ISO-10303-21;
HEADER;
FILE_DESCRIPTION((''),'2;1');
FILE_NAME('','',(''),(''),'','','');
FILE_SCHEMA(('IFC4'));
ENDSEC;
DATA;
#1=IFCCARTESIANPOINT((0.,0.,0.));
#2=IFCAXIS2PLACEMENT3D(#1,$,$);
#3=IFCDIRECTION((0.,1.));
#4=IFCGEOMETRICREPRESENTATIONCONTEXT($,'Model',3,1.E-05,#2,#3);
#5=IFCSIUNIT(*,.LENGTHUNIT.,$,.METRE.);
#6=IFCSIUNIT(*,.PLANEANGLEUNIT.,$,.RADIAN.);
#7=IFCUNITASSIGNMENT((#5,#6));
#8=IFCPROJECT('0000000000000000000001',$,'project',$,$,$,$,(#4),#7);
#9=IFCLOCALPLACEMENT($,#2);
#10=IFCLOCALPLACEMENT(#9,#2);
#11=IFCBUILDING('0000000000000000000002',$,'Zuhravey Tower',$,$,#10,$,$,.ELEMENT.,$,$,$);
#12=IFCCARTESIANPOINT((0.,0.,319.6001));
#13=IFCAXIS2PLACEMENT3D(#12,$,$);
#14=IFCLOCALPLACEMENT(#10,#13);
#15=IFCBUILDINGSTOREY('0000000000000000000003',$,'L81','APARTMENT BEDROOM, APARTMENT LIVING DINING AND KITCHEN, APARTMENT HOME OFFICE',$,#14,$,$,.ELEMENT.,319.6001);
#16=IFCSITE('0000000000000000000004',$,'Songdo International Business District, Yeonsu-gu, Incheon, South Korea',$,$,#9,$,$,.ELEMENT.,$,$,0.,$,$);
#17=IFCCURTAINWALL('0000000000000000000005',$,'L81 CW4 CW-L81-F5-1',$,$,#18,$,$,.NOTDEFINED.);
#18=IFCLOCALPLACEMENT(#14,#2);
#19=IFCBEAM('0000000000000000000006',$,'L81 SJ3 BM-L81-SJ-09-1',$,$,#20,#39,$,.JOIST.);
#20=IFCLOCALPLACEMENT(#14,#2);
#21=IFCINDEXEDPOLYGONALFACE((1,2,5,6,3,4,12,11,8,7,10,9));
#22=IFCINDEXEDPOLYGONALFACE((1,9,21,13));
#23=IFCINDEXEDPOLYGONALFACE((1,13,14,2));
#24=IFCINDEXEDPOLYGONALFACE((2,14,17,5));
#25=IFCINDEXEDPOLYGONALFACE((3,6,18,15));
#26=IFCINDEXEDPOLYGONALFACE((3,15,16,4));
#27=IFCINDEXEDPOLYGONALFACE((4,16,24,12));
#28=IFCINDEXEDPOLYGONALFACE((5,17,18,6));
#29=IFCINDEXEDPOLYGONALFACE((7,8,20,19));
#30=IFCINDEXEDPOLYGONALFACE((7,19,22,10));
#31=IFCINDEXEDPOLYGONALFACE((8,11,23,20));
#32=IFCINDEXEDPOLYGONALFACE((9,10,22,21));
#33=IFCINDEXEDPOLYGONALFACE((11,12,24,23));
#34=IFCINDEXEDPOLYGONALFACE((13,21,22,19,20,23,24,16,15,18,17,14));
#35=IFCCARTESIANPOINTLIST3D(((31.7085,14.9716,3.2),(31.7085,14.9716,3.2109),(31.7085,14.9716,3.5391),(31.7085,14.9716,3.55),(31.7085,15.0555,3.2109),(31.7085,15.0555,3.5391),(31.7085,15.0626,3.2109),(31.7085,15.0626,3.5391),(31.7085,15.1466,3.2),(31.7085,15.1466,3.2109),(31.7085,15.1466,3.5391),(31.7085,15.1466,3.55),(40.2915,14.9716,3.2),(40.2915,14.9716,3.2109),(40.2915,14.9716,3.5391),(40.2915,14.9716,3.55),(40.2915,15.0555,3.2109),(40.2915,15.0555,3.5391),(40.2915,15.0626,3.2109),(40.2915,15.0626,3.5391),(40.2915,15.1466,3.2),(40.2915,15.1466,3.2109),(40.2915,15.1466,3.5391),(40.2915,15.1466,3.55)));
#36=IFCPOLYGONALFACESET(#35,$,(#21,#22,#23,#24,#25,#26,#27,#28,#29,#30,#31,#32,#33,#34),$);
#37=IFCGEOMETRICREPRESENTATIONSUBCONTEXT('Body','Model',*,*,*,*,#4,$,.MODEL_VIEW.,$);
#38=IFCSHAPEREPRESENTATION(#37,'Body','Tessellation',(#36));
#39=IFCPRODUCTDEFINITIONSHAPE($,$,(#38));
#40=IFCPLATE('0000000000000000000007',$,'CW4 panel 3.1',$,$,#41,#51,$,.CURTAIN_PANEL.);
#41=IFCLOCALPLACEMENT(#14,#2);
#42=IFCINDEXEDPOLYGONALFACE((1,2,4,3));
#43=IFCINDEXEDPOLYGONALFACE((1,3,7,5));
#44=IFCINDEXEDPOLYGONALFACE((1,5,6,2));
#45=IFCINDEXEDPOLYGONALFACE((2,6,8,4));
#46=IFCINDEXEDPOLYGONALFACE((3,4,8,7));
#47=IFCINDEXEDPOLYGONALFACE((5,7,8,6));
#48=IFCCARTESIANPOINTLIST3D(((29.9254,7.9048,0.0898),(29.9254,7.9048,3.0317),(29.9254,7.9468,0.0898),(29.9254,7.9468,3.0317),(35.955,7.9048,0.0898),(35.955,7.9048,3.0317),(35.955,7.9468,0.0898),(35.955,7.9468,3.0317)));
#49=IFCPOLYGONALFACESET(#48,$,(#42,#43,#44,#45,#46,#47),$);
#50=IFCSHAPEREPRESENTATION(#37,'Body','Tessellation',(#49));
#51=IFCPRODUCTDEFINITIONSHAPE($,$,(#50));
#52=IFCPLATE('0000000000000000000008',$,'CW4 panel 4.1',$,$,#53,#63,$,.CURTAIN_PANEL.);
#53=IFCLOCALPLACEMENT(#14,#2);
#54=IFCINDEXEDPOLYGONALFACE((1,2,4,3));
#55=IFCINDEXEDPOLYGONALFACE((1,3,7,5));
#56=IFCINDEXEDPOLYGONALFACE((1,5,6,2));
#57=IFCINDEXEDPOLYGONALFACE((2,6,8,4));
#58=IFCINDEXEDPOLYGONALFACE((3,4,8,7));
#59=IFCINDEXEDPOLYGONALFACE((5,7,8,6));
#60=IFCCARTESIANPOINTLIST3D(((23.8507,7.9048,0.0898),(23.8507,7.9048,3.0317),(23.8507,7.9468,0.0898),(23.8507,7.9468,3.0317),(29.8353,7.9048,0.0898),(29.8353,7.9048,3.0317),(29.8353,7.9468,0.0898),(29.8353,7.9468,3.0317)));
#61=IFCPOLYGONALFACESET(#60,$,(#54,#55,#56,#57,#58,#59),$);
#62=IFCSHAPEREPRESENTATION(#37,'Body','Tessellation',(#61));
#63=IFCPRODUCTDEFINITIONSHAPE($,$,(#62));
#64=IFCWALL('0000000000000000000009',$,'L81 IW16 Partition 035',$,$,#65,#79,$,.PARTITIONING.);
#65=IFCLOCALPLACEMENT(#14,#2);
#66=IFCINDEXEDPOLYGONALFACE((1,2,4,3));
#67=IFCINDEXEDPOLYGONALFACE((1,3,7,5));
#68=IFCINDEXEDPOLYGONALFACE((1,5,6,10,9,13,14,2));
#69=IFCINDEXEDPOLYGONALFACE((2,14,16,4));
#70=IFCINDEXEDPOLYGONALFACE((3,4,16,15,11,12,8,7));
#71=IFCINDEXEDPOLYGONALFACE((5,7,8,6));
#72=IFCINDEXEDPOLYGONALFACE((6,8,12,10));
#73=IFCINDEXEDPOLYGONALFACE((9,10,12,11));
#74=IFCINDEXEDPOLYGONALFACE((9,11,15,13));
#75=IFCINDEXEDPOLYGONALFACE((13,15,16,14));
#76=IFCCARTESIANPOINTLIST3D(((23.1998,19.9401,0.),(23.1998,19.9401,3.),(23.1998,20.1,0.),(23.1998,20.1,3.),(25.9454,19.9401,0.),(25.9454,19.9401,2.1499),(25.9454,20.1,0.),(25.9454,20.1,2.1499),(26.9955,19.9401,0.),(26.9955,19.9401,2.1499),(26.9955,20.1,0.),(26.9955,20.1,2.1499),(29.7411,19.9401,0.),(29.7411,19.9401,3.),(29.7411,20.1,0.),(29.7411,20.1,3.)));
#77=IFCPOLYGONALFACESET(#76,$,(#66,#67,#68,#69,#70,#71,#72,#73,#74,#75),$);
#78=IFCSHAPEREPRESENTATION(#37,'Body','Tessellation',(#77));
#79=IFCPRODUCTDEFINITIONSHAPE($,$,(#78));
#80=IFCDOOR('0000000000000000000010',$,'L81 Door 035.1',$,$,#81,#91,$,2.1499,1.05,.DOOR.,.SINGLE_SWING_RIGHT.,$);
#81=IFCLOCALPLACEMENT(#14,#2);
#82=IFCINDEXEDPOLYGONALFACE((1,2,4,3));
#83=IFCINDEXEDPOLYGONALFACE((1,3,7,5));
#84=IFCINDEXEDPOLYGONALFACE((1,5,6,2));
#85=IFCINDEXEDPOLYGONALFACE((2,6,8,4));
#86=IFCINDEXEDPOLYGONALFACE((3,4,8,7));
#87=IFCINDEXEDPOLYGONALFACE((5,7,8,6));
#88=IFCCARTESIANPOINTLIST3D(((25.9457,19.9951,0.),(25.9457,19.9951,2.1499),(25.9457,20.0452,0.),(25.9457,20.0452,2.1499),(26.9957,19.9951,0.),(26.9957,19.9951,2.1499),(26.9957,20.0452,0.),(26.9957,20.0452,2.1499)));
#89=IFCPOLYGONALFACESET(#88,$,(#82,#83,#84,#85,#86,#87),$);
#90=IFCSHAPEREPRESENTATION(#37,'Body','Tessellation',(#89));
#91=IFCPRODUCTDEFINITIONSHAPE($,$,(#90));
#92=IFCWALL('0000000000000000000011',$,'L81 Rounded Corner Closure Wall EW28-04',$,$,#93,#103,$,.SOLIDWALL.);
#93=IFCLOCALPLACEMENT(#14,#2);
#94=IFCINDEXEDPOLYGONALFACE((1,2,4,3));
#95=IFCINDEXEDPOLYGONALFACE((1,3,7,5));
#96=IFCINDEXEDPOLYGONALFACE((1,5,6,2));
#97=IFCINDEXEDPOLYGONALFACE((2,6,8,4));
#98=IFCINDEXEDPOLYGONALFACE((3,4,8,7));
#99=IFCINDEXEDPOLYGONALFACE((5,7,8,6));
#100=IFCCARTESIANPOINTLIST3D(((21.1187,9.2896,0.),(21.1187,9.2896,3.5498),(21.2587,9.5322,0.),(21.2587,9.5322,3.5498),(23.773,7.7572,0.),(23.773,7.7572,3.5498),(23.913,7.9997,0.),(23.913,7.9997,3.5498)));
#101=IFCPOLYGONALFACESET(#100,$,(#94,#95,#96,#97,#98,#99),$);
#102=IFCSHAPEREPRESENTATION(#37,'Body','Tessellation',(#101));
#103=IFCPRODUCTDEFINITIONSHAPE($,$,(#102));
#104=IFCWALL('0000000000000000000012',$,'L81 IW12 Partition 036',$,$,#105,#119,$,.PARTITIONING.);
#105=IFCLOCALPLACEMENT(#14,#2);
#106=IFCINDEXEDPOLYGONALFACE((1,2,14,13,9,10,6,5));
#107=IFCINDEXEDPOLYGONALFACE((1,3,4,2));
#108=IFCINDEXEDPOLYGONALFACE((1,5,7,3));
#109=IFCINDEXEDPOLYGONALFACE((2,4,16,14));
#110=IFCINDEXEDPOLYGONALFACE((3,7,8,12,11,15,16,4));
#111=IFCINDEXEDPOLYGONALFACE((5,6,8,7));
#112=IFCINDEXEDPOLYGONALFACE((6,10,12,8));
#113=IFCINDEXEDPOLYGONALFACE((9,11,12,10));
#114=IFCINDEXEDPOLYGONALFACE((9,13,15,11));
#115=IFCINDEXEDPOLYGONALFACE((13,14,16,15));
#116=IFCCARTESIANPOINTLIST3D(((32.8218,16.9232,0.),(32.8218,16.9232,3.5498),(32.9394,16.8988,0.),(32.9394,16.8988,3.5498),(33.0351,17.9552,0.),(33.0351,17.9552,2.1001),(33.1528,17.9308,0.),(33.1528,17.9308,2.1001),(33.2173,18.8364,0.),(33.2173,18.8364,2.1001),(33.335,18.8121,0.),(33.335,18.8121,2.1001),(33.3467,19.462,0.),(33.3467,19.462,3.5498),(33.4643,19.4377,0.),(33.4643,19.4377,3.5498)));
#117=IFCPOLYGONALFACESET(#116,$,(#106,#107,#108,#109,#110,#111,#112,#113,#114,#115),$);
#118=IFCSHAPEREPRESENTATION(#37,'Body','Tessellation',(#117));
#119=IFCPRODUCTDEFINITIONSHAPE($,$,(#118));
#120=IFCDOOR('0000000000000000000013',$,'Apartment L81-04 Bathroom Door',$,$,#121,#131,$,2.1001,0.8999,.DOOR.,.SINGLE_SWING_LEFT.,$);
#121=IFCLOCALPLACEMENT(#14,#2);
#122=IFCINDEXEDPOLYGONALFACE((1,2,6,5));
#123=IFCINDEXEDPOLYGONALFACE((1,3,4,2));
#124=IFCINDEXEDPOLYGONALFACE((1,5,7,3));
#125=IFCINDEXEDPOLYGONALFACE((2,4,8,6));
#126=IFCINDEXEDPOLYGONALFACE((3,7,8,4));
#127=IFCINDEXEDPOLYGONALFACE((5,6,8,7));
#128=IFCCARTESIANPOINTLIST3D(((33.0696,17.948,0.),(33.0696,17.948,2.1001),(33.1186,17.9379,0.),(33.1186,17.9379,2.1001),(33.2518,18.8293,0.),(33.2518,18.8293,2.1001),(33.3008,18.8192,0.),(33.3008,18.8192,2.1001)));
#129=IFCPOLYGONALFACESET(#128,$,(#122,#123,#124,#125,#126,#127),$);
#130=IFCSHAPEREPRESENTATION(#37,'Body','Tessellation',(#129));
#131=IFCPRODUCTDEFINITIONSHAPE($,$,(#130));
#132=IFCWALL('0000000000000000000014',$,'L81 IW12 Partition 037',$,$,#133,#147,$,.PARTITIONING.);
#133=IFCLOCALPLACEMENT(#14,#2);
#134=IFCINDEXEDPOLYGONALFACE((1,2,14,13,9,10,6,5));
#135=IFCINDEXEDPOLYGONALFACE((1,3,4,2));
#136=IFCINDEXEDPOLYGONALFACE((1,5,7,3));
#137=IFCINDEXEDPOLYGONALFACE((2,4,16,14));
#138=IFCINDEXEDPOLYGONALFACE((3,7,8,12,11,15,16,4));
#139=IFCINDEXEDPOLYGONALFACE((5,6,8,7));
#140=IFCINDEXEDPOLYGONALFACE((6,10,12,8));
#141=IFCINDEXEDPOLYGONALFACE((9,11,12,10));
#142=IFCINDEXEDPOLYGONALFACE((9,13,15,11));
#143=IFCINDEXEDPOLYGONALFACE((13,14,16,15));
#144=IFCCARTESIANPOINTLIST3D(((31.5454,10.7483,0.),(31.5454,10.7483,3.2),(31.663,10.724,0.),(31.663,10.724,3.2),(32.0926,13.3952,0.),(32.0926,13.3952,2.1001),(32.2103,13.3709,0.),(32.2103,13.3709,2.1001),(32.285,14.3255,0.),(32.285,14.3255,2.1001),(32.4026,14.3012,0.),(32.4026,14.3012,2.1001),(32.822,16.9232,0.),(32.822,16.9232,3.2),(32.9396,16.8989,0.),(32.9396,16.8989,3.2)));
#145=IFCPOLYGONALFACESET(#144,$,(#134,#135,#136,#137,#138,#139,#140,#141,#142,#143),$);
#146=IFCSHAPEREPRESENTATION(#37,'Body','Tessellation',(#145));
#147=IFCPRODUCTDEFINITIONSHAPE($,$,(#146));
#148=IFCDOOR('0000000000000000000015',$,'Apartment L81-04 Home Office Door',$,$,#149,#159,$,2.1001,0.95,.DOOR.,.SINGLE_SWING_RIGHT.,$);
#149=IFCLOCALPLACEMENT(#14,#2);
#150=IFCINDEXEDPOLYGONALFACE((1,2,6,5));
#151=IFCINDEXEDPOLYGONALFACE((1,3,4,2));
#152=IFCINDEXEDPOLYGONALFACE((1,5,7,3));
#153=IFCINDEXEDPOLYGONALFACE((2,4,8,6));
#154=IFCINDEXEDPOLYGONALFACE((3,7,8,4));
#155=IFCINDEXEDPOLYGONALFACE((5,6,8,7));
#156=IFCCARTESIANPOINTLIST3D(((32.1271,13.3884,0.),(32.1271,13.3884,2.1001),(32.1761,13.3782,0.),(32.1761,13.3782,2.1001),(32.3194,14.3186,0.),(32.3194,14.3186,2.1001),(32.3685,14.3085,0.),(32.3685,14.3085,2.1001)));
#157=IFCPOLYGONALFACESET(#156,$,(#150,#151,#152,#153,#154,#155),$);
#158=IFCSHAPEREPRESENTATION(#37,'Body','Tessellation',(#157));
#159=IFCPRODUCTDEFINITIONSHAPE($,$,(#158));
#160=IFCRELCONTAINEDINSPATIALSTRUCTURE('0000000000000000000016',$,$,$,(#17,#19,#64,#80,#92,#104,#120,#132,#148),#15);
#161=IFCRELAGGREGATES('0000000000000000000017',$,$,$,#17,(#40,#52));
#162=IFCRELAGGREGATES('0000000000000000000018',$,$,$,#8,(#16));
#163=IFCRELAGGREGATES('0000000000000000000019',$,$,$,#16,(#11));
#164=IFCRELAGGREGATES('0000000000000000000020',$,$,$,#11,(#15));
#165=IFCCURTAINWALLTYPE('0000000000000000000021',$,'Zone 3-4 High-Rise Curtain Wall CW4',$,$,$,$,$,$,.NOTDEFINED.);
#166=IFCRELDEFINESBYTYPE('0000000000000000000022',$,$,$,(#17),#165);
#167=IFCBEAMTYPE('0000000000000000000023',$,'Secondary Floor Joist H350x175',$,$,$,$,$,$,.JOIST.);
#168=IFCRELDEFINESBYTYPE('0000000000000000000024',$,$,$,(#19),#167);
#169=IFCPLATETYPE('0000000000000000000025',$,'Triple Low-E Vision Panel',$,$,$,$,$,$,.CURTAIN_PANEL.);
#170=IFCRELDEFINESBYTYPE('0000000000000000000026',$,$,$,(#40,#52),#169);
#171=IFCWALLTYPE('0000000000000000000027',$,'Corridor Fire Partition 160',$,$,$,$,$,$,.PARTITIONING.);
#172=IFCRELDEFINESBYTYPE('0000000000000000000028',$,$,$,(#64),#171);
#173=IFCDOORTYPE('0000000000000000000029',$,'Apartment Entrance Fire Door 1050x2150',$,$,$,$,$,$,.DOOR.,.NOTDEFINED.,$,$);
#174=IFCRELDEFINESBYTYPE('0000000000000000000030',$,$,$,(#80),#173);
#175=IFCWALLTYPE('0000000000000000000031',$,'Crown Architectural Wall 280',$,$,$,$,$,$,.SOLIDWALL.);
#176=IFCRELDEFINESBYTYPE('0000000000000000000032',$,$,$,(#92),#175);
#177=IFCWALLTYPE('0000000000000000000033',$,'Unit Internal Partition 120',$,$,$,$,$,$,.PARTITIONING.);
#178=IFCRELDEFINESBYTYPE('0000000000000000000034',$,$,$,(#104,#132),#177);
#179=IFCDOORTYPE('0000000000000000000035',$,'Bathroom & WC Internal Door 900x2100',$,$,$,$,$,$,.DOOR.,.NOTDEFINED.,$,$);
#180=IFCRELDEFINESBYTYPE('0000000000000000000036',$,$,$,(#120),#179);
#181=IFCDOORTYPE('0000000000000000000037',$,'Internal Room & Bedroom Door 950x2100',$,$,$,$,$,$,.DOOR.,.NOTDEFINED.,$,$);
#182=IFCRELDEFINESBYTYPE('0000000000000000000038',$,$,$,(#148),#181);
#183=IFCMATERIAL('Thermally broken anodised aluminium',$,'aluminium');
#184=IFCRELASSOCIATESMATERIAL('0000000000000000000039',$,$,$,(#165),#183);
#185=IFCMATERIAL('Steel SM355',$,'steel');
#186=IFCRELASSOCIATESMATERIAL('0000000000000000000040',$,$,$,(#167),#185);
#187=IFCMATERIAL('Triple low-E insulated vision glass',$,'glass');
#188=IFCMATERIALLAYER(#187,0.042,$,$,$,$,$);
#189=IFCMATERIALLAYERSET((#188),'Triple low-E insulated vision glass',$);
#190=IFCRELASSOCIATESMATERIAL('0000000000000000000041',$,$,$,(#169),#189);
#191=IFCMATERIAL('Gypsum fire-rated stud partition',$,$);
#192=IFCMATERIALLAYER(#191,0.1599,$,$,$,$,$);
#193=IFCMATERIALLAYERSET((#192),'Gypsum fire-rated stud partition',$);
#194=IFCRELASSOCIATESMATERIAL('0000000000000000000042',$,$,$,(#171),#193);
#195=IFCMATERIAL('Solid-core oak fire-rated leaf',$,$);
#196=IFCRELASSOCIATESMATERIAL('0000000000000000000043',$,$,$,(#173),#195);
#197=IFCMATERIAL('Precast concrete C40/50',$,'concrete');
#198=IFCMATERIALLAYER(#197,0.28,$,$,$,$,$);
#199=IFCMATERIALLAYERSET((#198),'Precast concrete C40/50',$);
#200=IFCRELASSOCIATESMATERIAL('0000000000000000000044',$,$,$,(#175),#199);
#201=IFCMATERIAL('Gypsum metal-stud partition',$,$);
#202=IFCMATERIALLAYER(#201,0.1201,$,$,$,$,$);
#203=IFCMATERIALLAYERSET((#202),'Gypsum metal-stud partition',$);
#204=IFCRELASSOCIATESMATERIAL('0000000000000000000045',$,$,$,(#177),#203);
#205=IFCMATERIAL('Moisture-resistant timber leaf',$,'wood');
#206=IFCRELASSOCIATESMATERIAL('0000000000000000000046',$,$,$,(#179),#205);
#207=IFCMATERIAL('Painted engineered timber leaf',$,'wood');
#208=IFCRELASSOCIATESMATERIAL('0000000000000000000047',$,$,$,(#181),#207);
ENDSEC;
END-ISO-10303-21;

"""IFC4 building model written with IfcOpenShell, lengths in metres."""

from ifc_helpers import new_model, si_unit, direction, frame, frame_2d, origin, origin_2d, place, context, subcontext, project, spatial, rectangle, i_section, extrude, material, layer, layer_set, material_profile, profile_set, type_object, element, fill, aggregate, save


model = new_model("IFC4")

# Units and contexts
model_context = context("Model", 3, precision=1e-05, world=origin(), true_north=direction((0.0, 1.0)))
body_context = subcontext(model_context, "Body", "Model", "MODEL_VIEW")
ifc_project = project(units=[si_unit("LENGTHUNIT", "METRE"), si_unit("PLANEANGLEUNIT", "RADIAN")], contexts=[model_context])

# Site, building, storey
site_placement = place(None, origin())
site = spatial("IfcSite", under=ifc_project, at=site_placement, Name="Songdo International Business District, Yeonsu-gu, Incheon, South Korea", CompositionType="ELEMENT", RefElevation=0.0)
building_placement = place(site_placement, origin())
building = spatial("IfcBuilding", under=site, at=building_placement, Name="Zuhravey Tower", CompositionType="ELEMENT")
storey_placement = place(building_placement, frame((0.0, 0.0, 319.6001)))
storey = spatial("IfcBuildingStorey", under=building, at=storey_placement, Name="L81", Description="APARTMENT BEDROOM, APARTMENT LIVING DINING AND KITCHEN, APARTMENT HOME OFFICE", CompositionType="ELEMENT", Elevation=319.6001)

# Curtain wall
ifc_material_1 = material(Name="Thermally broken anodised aluminium", Category="aluminium")
curtain_wall_type = type_object("IfcCurtainWallType", Name="Zone 3-4 High-Rise Curtain Wall CW4", PredefinedType="NOTDEFINED", material=ifc_material_1)
curtain_wall_1_placement = place(storey_placement, origin())
curtain_wall_1 = element("IfcCurtainWall", 1, at=curtain_wall_1_placement, inside=storey, type_object=curtain_wall_type, Name="L81 CW4 CW-L81-F5-1", PredefinedType="NOTDEFINED")

# Beam
ifc_material_2 = material(Name="Steel SM355", Category="steel")
ifc_material_profile_1 = material_profile(ifc_material_2, i_section(OverallWidth=0.175, OverallDepth=0.3501, WebThickness=0.0071, FlangeThickness=0.011, at=origin_2d()), Name="H-350x175x7x11")
ifc_profile_set_1 = profile_set([ifc_material_profile_1], Name="Steel SM355")
beam_type_1 = type_object("IfcBeamType", Name="Secondary Floor Joist H350x175", PredefinedType="JOIST", material=ifc_profile_set_1)
beam_1_placement = place(storey_placement, frame((31.7085, 15.0591, 3.375), z_axis=(1.0, 0.0, 0.0), x_axis=(0.0, 1.0, 0.0)))
element("IfcBeam", 2, at=beam_1_placement, inside=storey, type_object=beam_type_1, Name="L81 SJ3 BM-L81-SJ-09-1", PredefinedType="JOIST", context=body_context, shape_type="SweptSolid", body=[
    extrude(i_section(OverallWidth=0.175, OverallDepth=0.3501, WebThickness=0.0071, FlangeThickness=0.011, at=origin_2d()), origin(), (0.0, 0.0, 1.0), 8.583),
])

# Plates
ifc_material_3 = material(Name="Triple low-E insulated vision glass", Category="glass")
ifc_layer_1 = layer(ifc_material_3, 0.042)
ifc_layer_set_1 = layer_set([ifc_layer_1], Name="Triple low-E insulated vision glass")
plate_type = type_object("IfcPlateType", Name="Triple Low-E Vision Panel", PredefinedType="CURTAIN_PANEL", material=ifc_layer_set_1)
plate_1_placement = place(storey_placement, frame((32.9402, 7.9258, 0.0898), z_axis=(0.0, 0.0, 1.0), x_axis=(-1.0, 0.0, 0.0)))
plate_1 = element("IfcPlate", 3, at=plate_1_placement, type_object=plate_type, Name="CW4 panel 3.1", PredefinedType="CURTAIN_PANEL", context=body_context, shape_type="SweptSolid", body=[
    extrude(rectangle(XDim=6.0295, YDim=0.042, at=origin_2d()), origin(), (0.0, 0.0, 1.0), 2.9419),
])
plate_2_placement = place(storey_placement, frame((26.843, 7.9258, 0.0898), z_axis=(0.0, 0.0, 1.0), x_axis=(-1.0, 0.0, 0.0)))
plate_2 = element("IfcPlate", 4, at=plate_2_placement, type_object=plate_type, Name="CW4 panel 4.1", PredefinedType="CURTAIN_PANEL", context=body_context, shape_type="SweptSolid", body=[
    extrude(rectangle(XDim=5.9846, YDim=0.042, at=origin_2d()), origin(), (0.0, 0.0, 1.0), 2.9419),
])
aggregate(curtain_wall_1, [plate_1, plate_2])

# Wall, opening, door
ifc_material_4 = material(Name="Gypsum fire-rated stud partition")
ifc_layer_2 = layer(ifc_material_4, 0.1599)
ifc_layer_set_2 = layer_set([ifc_layer_2], Name="Gypsum fire-rated stud partition")
wall_type_1 = type_object("IfcWallType", Name="Corridor Fire Partition 160", PredefinedType="PARTITIONING", material=ifc_layer_set_2)
wall_1_placement = place(storey_placement, frame((23.2, 20.02, 0.0), z_axis=(0.0, 0.0, 1.0), x_axis=(1.0, 0.0, 0.0)))
wall_1 = element("IfcWall", 5, at=wall_1_placement, inside=storey, type_object=wall_type_1, Name="L81 IW16 Partition 035", PredefinedType="PARTITIONING", context=body_context, shape_type="SweptSolid", body=[
    extrude(rectangle(XDim=6.5413, YDim=0.1599, at=frame_2d((3.2705, 0.0))), origin(), (0.0, 0.0, 1.0), 3.0),
])
opening_1_placement = place(wall_1_placement, frame((2.7456, 0.0, 0.0)))
opening_1 = element("IfcOpeningElement", 6, at=opening_1_placement, cuts=wall_1, PredefinedType="OPENING", context=body_context, shape_type="SweptSolid", body=[
    extrude(rectangle(XDim=1.05, YDim=2.1499, at=frame_2d((0.5249, 1.075))), frame((0.0, 0.092, 0.0), z_axis=(0.0, -1.0, 0.0), x_axis=(1.0, 0.0, 0.0)), (0.0, 0.0, 1.0), 0.1838),
])
ifc_material_5 = material(Name="Solid-core oak fire-rated leaf")
door_type_1 = type_object("IfcDoorType", Name="Apartment Entrance Fire Door 1050x2150", OperationType="NOTDEFINED", PredefinedType="DOOR", material=ifc_material_5)
door_1_placement = place(opening_1_placement, frame((1.05, 0.0, 0.0), z_axis=(0.0, 0.0, 1.0), x_axis=(-1.0, 0.0, 0.0)))
door_1 = element("IfcDoor", 7, at=door_1_placement, inside=storey, type_object=door_type_1, Name="L81 Door 035.1", OperationType="SINGLE_SWING_RIGHT", OverallHeight=2.1499, OverallWidth=1.05, PredefinedType="DOOR", context=body_context, shape_type="SweptSolid", body=[
    extrude(rectangle(XDim=1.05, YDim=2.1499, at=frame_2d((0.5249, 1.075))), frame((0.0, 0.0249, 0.0), z_axis=(0.0, -1.0, 0.0), x_axis=(1.0, 0.0, 0.0)), (0.0, 0.0, 1.0), 0.05),
])
fill(opening_1, door_1)

# Wall
ifc_material_6 = material(Name="Precast concrete C40/50", Category="concrete")
ifc_layer_3 = layer(ifc_material_6, 0.28)
ifc_layer_set_3 = layer_set([ifc_layer_3], Name="Precast concrete C40/50")
wall_type_2 = type_object("IfcWallType", Name="Crown Architectural Wall 280", PredefinedType="SOLIDWALL", material=ifc_layer_set_3)
wall_2_placement = place(storey_placement, frame((23.843, 7.8784, 0.0), z_axis=(0.0, 0.0, 1.0), x_axis=(-0.866024, 0.500003, 0.0)))
element("IfcWall", 8, at=wall_2_placement, inside=storey, type_object=wall_type_2, Name="L81 Rounded Corner Closure Wall EW28-04", PredefinedType="SOLIDWALL", context=body_context, shape_type="SweptSolid", body=[
    extrude(rectangle(XDim=3.0649, YDim=0.28, at=frame_2d((1.5325, 0.0))), origin(), (0.0, 0.0, 1.0), 3.5498),
])

# Walls, openings, doors
ifc_material_7 = material(Name="Gypsum metal-stud partition")
ifc_layer_4 = layer(ifc_material_7, 0.1201)
ifc_layer_set_4 = layer_set([ifc_layer_4], Name="Gypsum metal-stud partition")
wall_type_3 = type_object("IfcWallType", Name="Unit Internal Partition 120", PredefinedType="PARTITIONING", material=ifc_layer_set_4)
wall_3_placement = place(storey_placement, frame((33.4055, 19.45, 0.0), z_axis=(0.0, 0.0, 1.0), x_axis=(-0.202469, -0.979289, 0.0)))
wall_3 = element("IfcWall", 9, at=wall_3_placement, inside=storey, type_object=wall_type_3, Name="L81 IW12 Partition 036", PredefinedType="PARTITIONING", context=body_context, shape_type="SweptSolid", body=[
    extrude(rectangle(XDim=2.5925, YDim=0.1201, at=frame_2d((1.2964, 0.0))), origin(), (0.0, 0.0, 1.0), 3.5498),
])
opening_2_placement = place(wall_3_placement, frame((0.6389, 0.0, 0.0)))
opening_2 = element("IfcOpeningElement", 10, at=opening_2_placement, cuts=wall_3, PredefinedType="OPENING", context=body_context, shape_type="SweptSolid", body=[
    extrude(rectangle(XDim=0.8999, YDim=2.1001, at=frame_2d((0.45, 1.05))), frame((0.0, 0.072, 0.0), z_axis=(0.0, -1.0, 0.0), x_axis=(1.0, 0.0, 0.0)), (0.0, 0.0, 1.0), 0.144),
])
ifc_material_8 = material(Name="Moisture-resistant timber leaf", Category="wood")
door_type_2 = type_object("IfcDoorType", Name="Bathroom & WC Internal Door 900x2100", OperationType="NOTDEFINED", PredefinedType="DOOR", material=ifc_material_8)
door_2_placement = place(opening_2_placement, frame((0.8999, 0.0, 0.0), z_axis=(0.0, 0.0, 1.0), x_axis=(-1.0, 0.0, 0.0)))
door_2 = element("IfcDoor", 11, at=door_2_placement, inside=storey, type_object=door_type_2, Name="Apartment L81-04 Bathroom Door", OperationType="SINGLE_SWING_LEFT", OverallHeight=2.1001, OverallWidth=0.8999, PredefinedType="DOOR", context=body_context, shape_type="SweptSolid", body=[
    extrude(rectangle(XDim=0.8999, YDim=2.1001, at=frame_2d((0.45, 1.05))), frame((0.0, 0.0249, 0.0), z_axis=(0.0, -1.0, 0.0), x_axis=(1.0, 0.0, 0.0)), (0.0, 0.0, 1.0), 0.05),
])
fill(opening_2, door_2)
wall_4_placement = place(storey_placement, frame((32.8809, 16.9111, 0.0), z_axis=(0.0, 0.0, 1.0), x_axis=(-0.202463, -0.97929, 0.0)))
wall_4 = element("IfcWall", 12, at=wall_4_placement, inside=storey, type_object=wall_type_3, Name="L81 IW12 Partition 037", PredefinedType="PARTITIONING", context=body_context, shape_type="SweptSolid", body=[
    extrude(rectangle(XDim=6.3054, YDim=0.1201, at=frame_2d((3.1528, 0.0))), origin(), (0.0, 0.0, 1.0), 3.2),
])
opening_3_placement = place(wall_4_placement, frame((2.6526, 0.0, 0.0)))
opening_3 = element("IfcOpeningElement", 13, at=opening_3_placement, cuts=wall_4, PredefinedType="OPENING", context=body_context, shape_type="SweptSolid", body=[
    extrude(rectangle(XDim=0.95, YDim=2.1001, at=frame_2d((0.4751, 1.05))), frame((0.0, 0.072, 0.0), z_axis=(0.0, -1.0, 0.0), x_axis=(1.0, 0.0, 0.0)), (0.0, 0.0, 1.0), 0.144),
])
ifc_material_9 = material(Name="Painted engineered timber leaf", Category="wood")
door_type_3 = type_object("IfcDoorType", Name="Internal Room & Bedroom Door 950x2100", OperationType="NOTDEFINED", PredefinedType="DOOR", material=ifc_material_9)
door_3_placement = place(opening_3_placement, frame((0.95, 0.0, 0.0), z_axis=(0.0, 0.0, 1.0), x_axis=(-1.0, 0.0, 0.0)))
door_3 = element("IfcDoor", 14, at=door_3_placement, inside=storey, type_object=door_type_3, Name="Apartment L81-04 Home Office Door", OperationType="SINGLE_SWING_RIGHT", OverallHeight=2.1001, OverallWidth=0.95, PredefinedType="DOOR", context=body_context, shape_type="SweptSolid", body=[
    extrude(rectangle(XDim=0.95, YDim=2.1001, at=frame_2d((0.4751, 1.05))), frame((0.0, 0.0249, 0.0), z_axis=(0.0, -1.0, 0.0), x_axis=(1.0, 0.0, 0.0)), (0.0, 0.0, 1.0), 0.05),
])
fill(opening_3, door_3)

save(model, "model.ifc")
